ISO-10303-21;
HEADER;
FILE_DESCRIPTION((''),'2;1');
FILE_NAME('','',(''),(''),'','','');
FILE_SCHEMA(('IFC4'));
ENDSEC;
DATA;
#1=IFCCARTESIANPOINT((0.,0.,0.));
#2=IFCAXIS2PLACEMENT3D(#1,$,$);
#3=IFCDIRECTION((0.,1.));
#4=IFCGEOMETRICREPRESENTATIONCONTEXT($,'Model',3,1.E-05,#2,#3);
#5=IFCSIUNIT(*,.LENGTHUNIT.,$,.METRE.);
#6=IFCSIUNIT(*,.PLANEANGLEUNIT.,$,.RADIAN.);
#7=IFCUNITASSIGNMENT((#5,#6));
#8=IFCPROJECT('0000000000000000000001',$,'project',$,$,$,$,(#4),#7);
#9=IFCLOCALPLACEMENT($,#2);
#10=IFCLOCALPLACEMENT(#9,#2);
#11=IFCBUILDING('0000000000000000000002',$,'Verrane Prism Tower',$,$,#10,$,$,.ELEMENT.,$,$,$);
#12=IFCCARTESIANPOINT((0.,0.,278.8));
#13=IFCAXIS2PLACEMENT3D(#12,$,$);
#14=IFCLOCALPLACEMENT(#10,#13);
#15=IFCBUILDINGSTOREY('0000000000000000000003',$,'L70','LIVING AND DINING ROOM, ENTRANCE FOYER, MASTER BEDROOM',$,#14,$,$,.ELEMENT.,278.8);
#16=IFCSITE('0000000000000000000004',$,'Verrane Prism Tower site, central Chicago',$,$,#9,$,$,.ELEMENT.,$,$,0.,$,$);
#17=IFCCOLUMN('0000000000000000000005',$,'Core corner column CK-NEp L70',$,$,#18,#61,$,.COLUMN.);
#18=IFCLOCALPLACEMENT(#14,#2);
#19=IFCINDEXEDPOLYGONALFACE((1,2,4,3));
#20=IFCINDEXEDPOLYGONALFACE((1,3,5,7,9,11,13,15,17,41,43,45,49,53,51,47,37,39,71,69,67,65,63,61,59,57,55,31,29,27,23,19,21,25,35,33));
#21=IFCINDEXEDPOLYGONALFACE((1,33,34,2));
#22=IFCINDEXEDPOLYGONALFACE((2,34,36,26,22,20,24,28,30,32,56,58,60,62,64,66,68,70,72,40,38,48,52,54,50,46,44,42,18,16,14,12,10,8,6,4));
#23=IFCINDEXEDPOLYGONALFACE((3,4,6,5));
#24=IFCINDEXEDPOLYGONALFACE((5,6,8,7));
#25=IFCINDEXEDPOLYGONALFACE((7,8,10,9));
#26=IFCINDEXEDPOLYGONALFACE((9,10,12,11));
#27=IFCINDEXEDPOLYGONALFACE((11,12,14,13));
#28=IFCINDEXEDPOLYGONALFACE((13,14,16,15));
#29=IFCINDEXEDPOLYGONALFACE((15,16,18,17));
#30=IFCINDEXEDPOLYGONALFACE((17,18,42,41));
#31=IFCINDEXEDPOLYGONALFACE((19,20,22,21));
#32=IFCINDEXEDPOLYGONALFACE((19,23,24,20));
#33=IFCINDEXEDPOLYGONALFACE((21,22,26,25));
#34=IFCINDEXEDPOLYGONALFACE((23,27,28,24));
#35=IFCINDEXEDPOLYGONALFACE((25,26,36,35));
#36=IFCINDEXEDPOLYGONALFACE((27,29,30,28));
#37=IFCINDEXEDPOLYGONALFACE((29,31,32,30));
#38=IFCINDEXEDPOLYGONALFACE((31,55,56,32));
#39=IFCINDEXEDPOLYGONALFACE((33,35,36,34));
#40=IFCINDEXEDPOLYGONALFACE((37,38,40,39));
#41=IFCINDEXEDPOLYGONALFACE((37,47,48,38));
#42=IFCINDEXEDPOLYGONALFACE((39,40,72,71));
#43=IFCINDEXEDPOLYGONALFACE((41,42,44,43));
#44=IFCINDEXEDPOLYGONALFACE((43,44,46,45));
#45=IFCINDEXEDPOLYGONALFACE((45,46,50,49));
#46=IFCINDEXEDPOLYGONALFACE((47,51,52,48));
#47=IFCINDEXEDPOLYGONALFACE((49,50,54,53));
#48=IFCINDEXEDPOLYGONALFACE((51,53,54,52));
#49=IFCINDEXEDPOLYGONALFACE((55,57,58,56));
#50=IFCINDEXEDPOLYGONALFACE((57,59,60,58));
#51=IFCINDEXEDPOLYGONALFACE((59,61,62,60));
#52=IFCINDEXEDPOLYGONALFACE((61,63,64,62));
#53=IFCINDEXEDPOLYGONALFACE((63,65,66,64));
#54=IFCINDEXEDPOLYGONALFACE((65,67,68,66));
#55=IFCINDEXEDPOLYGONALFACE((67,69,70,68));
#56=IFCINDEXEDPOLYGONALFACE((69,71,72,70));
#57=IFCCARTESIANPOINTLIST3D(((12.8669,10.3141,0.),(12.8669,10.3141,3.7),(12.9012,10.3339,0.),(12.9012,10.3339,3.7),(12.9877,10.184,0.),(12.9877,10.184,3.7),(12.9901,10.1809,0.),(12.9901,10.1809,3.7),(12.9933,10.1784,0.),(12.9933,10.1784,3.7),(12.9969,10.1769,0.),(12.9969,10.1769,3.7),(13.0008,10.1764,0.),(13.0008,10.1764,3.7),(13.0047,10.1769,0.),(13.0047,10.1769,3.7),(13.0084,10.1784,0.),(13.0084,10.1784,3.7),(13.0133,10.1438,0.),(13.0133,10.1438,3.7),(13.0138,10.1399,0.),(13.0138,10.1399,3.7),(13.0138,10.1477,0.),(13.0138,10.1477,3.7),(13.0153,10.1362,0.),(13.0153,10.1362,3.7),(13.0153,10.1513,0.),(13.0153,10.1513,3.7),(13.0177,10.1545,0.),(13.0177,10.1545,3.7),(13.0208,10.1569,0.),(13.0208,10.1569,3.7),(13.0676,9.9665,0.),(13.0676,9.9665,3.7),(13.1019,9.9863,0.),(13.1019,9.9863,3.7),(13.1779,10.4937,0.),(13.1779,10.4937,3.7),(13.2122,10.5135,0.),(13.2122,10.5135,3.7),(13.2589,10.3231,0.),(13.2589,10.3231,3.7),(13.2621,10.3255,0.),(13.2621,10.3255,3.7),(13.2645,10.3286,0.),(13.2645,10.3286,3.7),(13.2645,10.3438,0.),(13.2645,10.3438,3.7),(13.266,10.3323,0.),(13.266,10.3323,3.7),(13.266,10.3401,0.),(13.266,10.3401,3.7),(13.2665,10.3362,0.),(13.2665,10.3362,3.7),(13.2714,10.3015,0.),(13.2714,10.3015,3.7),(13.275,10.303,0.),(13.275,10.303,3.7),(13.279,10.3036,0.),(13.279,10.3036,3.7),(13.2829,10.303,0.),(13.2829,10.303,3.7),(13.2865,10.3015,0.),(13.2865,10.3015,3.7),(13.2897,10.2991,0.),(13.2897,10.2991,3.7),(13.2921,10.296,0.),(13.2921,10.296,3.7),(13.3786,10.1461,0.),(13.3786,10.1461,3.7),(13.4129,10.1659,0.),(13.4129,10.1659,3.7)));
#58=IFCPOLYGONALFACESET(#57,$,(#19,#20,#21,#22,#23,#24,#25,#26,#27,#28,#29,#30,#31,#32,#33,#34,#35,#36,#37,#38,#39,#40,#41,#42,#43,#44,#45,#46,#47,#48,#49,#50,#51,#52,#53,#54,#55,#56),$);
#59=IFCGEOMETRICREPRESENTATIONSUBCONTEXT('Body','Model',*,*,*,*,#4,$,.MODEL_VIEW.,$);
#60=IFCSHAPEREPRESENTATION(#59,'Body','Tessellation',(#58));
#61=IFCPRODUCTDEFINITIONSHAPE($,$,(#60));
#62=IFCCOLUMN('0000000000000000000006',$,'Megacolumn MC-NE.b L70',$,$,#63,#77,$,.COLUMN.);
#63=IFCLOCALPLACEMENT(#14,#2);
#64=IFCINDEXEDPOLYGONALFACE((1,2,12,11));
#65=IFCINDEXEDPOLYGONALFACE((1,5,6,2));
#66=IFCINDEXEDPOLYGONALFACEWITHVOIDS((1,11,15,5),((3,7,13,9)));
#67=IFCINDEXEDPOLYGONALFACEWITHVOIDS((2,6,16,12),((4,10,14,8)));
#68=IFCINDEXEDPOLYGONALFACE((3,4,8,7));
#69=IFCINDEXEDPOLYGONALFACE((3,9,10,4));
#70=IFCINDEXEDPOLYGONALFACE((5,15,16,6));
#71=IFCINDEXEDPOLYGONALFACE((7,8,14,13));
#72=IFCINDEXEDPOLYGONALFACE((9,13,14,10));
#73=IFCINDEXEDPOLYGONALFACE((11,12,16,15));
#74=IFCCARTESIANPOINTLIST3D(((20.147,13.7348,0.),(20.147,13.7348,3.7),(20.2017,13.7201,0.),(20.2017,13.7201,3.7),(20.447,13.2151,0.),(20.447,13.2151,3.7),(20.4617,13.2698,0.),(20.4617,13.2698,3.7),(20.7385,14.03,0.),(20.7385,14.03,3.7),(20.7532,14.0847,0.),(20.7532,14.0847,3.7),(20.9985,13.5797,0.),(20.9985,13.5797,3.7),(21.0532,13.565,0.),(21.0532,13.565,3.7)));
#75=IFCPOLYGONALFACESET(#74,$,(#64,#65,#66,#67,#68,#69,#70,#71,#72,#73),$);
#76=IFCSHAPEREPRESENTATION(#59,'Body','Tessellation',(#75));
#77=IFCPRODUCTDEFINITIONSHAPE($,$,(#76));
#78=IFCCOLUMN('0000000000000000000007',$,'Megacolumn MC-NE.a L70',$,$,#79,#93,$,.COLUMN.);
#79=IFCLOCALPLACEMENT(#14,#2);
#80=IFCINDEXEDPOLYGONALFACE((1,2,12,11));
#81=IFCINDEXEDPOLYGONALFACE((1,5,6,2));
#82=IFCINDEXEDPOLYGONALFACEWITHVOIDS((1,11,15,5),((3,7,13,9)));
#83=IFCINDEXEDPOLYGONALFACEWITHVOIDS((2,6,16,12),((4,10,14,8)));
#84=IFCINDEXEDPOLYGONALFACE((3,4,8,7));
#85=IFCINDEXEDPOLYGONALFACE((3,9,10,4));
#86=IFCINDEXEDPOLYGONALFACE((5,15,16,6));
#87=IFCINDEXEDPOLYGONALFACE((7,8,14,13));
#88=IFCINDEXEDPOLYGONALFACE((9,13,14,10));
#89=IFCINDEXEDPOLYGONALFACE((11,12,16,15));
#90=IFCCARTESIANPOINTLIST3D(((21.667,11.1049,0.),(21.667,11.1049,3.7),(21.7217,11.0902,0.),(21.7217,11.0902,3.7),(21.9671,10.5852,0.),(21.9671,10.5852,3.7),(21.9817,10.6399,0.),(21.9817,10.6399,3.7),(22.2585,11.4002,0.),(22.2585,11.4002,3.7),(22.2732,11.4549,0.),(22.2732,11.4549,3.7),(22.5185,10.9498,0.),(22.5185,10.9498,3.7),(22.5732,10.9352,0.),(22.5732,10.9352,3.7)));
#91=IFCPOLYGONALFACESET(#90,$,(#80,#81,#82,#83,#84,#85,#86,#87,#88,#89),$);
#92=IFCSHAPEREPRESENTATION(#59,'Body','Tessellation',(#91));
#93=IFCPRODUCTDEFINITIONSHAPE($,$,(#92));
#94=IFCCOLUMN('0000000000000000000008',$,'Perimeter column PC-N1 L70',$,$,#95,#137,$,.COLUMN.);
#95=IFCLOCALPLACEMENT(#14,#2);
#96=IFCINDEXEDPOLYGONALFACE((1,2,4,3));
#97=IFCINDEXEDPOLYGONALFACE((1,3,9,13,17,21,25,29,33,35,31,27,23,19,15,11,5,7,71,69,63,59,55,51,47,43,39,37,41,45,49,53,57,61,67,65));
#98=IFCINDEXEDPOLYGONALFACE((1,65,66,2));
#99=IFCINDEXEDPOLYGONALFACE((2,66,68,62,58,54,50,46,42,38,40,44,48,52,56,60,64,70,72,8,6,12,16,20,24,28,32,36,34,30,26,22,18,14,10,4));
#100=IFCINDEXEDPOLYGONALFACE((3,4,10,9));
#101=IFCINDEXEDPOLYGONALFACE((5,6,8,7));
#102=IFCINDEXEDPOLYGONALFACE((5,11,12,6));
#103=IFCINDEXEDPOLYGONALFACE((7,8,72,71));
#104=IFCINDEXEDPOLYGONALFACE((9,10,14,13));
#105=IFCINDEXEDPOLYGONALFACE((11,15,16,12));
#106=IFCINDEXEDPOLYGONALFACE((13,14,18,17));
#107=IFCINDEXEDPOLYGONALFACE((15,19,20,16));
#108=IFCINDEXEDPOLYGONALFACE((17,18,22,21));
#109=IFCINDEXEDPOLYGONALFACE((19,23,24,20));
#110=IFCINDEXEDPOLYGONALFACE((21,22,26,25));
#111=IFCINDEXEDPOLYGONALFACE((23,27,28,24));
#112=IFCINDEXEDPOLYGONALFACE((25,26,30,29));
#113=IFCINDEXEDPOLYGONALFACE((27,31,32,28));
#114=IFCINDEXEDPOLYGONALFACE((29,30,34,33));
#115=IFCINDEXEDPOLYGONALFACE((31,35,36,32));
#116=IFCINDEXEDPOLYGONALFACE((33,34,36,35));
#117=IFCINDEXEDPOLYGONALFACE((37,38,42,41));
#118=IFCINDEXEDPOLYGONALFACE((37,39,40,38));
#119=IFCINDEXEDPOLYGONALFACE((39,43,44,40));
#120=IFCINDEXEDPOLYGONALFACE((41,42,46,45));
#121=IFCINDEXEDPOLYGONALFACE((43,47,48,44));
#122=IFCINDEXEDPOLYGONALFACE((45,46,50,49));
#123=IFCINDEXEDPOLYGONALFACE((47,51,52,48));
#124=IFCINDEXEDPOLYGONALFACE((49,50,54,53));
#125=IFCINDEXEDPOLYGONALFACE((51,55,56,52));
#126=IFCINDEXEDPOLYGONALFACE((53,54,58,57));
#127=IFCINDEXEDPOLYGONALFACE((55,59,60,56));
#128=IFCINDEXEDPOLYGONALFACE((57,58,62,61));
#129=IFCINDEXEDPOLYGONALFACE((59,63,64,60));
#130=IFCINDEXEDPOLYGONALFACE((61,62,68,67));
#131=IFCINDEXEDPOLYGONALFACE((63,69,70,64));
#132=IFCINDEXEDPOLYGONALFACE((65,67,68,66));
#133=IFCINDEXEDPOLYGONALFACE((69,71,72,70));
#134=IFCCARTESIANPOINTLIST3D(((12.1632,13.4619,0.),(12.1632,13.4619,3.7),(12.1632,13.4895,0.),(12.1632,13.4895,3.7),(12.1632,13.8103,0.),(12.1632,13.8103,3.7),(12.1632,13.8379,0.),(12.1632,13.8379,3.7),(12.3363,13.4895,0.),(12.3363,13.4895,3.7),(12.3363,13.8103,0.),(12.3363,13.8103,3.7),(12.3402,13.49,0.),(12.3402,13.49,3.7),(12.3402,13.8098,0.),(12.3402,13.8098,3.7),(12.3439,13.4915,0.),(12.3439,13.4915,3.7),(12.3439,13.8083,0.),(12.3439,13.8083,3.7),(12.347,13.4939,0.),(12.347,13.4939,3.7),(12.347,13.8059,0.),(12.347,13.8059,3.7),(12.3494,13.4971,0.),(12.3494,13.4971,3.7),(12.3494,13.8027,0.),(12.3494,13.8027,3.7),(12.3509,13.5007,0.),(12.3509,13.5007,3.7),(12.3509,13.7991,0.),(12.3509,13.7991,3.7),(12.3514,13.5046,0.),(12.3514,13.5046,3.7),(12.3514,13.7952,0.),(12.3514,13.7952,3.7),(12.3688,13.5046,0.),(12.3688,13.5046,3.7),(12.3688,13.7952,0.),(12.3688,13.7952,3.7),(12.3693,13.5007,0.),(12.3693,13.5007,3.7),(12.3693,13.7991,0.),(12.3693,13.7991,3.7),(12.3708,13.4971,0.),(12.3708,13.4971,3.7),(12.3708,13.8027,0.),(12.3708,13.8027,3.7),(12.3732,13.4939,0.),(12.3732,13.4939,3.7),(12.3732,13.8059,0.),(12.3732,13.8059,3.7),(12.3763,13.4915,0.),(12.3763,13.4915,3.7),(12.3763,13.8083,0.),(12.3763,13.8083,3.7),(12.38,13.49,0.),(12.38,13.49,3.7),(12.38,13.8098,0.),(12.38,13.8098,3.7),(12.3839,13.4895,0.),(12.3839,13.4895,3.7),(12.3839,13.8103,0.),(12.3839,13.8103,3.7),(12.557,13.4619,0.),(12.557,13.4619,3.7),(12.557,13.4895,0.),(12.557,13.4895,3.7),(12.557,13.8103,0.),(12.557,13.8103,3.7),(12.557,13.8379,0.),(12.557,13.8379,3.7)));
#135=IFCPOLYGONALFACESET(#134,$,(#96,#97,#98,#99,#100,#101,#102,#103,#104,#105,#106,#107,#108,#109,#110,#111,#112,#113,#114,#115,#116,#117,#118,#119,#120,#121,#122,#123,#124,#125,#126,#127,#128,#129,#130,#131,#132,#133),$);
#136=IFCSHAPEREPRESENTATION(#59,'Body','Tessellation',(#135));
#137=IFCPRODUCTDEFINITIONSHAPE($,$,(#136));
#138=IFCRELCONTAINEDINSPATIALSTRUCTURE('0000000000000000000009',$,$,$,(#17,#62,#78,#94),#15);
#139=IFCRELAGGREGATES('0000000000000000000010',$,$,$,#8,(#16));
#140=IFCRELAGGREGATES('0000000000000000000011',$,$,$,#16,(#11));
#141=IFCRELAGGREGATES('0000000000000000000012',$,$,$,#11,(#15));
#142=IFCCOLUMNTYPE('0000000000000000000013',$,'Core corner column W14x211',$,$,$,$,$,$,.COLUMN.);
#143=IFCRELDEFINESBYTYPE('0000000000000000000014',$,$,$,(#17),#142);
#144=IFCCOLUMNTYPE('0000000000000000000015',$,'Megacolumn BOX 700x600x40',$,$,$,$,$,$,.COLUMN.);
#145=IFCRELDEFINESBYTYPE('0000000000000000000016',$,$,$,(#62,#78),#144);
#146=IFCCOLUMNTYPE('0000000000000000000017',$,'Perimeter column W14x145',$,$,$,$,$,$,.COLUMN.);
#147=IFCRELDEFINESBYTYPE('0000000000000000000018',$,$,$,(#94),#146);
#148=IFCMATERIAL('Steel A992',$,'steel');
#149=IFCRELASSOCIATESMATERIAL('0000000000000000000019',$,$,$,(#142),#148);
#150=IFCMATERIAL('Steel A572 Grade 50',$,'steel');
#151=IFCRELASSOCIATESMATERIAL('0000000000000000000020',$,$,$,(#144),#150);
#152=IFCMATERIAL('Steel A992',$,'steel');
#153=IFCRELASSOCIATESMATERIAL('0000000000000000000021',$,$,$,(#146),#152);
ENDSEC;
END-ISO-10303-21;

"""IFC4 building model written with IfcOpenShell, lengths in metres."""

from ifc_helpers import new_model, si_unit, direction, frame, origin, origin_2d, place, context, subcontext, project, spatial, hollow_rectangle, i_section, extrude, material, material_profile, profile_set, type_object, element, save


model = new_model("IFC4")

# Units and contexts
model_context = context("Model", 3, precision=1e-05, world=origin(), true_north=direction((0.0, 1.0)))
body_context = subcontext(model_context, "Body", "Model", "MODEL_VIEW")
ifc_project = project(units=[si_unit("LENGTHUNIT", "METRE"), si_unit("PLANEANGLEUNIT", "RADIAN")], contexts=[model_context])

# Site, building, storey
site_placement = place(None, origin())
site = spatial("IfcSite", under=ifc_project, at=site_placement, Name="Verrane Prism Tower site, central Chicago", CompositionType="ELEMENT", RefElevation=0.0)
building_placement = place(site_placement, origin())
building = spatial("IfcBuilding", under=site, at=building_placement, Name="Verrane Prism Tower", CompositionType="ELEMENT")
storey_placement = place(building_placement, frame((0.0, 0.0, 278.8)))
storey = spatial("IfcBuildingStorey", under=building, at=storey_placement, Name="L70", Description="LIVING AND DINING ROOM, ENTRANCE FOYER, MASTER BEDROOM", CompositionType="ELEMENT", Elevation=278.8)

# Columns
ifc_material_1 = material(Name="Steel A992", Category="steel")
ifc_material_profile_1 = material_profile(ifc_material_1, i_section(OverallWidth=0.4014, OverallDepth=0.3987, WebThickness=0.0249, FlangeThickness=0.0396, FilletRadius=0.0151, at=origin_2d()), Name="W14x211")
ifc_profile_set_1 = profile_set([ifc_material_profile_1], Name="Steel A992")
column_type_1 = type_object("IfcColumnType", Name="Core corner column W14x211", PredefinedType="COLUMN", material=ifc_profile_set_1)
column_1_placement = place(storey_placement, frame((13.1399, 10.24, 0.0), z_axis=(0.0, 0.0, 1.0), x_axis=(0.5, -0.866025, 0.0)))
element("IfcColumn", 1, at=column_1_placement, inside=storey, type_object=column_type_1, Name="Core corner column CK-NEp L70", PredefinedType="COLUMN", context=body_context, shape_type="SweptSolid", body=[
    extrude(i_section(OverallWidth=0.4014, OverallDepth=0.3987, WebThickness=0.0249, FlangeThickness=0.0396, FilletRadius=0.0151, at=origin_2d()), origin(), (0.0, 0.0, 1.0), 3.7),
])
ifc_material_2 = material(Name="Steel A572 Grade 50", Category="steel")
ifc_material_profile_2 = material_profile(ifc_material_2, hollow_rectangle(XDim=0.6001, YDim=0.7, WallThickness=0.04, at=origin_2d()), Name="BOX 700x600x40")
ifc_profile_set_2 = profile_set([ifc_material_profile_2], Name="Steel A572 Grade 50")
column_type_2 = type_object("IfcColumnType", Name="Megacolumn BOX 700x600x40", PredefinedType="COLUMN", material=ifc_profile_set_2)
for number, where, z_axis, x_axis, name in (
    (2, (20.6001, 13.6499, 0.0), (0.0, 0.0, 1.0), (0.5, -0.866025, 0.0), "Megacolumn MC-NE.b L70"),
    (3, (22.1201, 11.02, 0.0), (0.0, 0.0, 1.0), (0.5, -0.866025, 0.0), "Megacolumn MC-NE.a L70"),
):
    element("IfcColumn", number, at=place(storey_placement, frame(where, z_axis=z_axis, x_axis=x_axis)), inside=storey, type_object=column_type_2, Name=name, PredefinedType="COLUMN", context=body_context, shape_type="SweptSolid", body=[
        extrude(hollow_rectangle(XDim=0.6001, YDim=0.7, WallThickness=0.04, at=origin_2d()), origin(), (0.0, 0.0, 1.0), 3.7),
    ])
ifc_material_3 = material(Name="Steel A992", Category="steel")
ifc_material_profile_3 = material_profile(ifc_material_3, i_section(OverallWidth=0.3938, OverallDepth=0.376, WebThickness=0.0173, FlangeThickness=0.0276, FilletRadius=0.0151, at=origin_2d()), Name="W14x145")
ifc_profile_set_3 = profile_set([ifc_material_profile_3], Name="Steel A992")
column_type_3 = type_object("IfcColumnType", Name="Perimeter column W14x145", PredefinedType="COLUMN", material=ifc_profile_set_3)
column_2_placement = place(storey_placement, frame((12.3601, 13.6499, 0.0), z_axis=(0.0, 0.0, 1.0), x_axis=(1.0, 0.0, 0.0)))
element("IfcColumn", 4, at=column_2_placement, inside=storey, type_object=column_type_3, Name="Perimeter column PC-N1 L70", PredefinedType="COLUMN", context=body_context, shape_type="SweptSolid", body=[
    extrude(i_section(OverallWidth=0.3938, OverallDepth=0.376, WebThickness=0.0173, FlangeThickness=0.0276, FilletRadius=0.0151, at=origin_2d()), origin(), (0.0, 0.0, 1.0), 3.7),
])

save(model, "model.ifc")
